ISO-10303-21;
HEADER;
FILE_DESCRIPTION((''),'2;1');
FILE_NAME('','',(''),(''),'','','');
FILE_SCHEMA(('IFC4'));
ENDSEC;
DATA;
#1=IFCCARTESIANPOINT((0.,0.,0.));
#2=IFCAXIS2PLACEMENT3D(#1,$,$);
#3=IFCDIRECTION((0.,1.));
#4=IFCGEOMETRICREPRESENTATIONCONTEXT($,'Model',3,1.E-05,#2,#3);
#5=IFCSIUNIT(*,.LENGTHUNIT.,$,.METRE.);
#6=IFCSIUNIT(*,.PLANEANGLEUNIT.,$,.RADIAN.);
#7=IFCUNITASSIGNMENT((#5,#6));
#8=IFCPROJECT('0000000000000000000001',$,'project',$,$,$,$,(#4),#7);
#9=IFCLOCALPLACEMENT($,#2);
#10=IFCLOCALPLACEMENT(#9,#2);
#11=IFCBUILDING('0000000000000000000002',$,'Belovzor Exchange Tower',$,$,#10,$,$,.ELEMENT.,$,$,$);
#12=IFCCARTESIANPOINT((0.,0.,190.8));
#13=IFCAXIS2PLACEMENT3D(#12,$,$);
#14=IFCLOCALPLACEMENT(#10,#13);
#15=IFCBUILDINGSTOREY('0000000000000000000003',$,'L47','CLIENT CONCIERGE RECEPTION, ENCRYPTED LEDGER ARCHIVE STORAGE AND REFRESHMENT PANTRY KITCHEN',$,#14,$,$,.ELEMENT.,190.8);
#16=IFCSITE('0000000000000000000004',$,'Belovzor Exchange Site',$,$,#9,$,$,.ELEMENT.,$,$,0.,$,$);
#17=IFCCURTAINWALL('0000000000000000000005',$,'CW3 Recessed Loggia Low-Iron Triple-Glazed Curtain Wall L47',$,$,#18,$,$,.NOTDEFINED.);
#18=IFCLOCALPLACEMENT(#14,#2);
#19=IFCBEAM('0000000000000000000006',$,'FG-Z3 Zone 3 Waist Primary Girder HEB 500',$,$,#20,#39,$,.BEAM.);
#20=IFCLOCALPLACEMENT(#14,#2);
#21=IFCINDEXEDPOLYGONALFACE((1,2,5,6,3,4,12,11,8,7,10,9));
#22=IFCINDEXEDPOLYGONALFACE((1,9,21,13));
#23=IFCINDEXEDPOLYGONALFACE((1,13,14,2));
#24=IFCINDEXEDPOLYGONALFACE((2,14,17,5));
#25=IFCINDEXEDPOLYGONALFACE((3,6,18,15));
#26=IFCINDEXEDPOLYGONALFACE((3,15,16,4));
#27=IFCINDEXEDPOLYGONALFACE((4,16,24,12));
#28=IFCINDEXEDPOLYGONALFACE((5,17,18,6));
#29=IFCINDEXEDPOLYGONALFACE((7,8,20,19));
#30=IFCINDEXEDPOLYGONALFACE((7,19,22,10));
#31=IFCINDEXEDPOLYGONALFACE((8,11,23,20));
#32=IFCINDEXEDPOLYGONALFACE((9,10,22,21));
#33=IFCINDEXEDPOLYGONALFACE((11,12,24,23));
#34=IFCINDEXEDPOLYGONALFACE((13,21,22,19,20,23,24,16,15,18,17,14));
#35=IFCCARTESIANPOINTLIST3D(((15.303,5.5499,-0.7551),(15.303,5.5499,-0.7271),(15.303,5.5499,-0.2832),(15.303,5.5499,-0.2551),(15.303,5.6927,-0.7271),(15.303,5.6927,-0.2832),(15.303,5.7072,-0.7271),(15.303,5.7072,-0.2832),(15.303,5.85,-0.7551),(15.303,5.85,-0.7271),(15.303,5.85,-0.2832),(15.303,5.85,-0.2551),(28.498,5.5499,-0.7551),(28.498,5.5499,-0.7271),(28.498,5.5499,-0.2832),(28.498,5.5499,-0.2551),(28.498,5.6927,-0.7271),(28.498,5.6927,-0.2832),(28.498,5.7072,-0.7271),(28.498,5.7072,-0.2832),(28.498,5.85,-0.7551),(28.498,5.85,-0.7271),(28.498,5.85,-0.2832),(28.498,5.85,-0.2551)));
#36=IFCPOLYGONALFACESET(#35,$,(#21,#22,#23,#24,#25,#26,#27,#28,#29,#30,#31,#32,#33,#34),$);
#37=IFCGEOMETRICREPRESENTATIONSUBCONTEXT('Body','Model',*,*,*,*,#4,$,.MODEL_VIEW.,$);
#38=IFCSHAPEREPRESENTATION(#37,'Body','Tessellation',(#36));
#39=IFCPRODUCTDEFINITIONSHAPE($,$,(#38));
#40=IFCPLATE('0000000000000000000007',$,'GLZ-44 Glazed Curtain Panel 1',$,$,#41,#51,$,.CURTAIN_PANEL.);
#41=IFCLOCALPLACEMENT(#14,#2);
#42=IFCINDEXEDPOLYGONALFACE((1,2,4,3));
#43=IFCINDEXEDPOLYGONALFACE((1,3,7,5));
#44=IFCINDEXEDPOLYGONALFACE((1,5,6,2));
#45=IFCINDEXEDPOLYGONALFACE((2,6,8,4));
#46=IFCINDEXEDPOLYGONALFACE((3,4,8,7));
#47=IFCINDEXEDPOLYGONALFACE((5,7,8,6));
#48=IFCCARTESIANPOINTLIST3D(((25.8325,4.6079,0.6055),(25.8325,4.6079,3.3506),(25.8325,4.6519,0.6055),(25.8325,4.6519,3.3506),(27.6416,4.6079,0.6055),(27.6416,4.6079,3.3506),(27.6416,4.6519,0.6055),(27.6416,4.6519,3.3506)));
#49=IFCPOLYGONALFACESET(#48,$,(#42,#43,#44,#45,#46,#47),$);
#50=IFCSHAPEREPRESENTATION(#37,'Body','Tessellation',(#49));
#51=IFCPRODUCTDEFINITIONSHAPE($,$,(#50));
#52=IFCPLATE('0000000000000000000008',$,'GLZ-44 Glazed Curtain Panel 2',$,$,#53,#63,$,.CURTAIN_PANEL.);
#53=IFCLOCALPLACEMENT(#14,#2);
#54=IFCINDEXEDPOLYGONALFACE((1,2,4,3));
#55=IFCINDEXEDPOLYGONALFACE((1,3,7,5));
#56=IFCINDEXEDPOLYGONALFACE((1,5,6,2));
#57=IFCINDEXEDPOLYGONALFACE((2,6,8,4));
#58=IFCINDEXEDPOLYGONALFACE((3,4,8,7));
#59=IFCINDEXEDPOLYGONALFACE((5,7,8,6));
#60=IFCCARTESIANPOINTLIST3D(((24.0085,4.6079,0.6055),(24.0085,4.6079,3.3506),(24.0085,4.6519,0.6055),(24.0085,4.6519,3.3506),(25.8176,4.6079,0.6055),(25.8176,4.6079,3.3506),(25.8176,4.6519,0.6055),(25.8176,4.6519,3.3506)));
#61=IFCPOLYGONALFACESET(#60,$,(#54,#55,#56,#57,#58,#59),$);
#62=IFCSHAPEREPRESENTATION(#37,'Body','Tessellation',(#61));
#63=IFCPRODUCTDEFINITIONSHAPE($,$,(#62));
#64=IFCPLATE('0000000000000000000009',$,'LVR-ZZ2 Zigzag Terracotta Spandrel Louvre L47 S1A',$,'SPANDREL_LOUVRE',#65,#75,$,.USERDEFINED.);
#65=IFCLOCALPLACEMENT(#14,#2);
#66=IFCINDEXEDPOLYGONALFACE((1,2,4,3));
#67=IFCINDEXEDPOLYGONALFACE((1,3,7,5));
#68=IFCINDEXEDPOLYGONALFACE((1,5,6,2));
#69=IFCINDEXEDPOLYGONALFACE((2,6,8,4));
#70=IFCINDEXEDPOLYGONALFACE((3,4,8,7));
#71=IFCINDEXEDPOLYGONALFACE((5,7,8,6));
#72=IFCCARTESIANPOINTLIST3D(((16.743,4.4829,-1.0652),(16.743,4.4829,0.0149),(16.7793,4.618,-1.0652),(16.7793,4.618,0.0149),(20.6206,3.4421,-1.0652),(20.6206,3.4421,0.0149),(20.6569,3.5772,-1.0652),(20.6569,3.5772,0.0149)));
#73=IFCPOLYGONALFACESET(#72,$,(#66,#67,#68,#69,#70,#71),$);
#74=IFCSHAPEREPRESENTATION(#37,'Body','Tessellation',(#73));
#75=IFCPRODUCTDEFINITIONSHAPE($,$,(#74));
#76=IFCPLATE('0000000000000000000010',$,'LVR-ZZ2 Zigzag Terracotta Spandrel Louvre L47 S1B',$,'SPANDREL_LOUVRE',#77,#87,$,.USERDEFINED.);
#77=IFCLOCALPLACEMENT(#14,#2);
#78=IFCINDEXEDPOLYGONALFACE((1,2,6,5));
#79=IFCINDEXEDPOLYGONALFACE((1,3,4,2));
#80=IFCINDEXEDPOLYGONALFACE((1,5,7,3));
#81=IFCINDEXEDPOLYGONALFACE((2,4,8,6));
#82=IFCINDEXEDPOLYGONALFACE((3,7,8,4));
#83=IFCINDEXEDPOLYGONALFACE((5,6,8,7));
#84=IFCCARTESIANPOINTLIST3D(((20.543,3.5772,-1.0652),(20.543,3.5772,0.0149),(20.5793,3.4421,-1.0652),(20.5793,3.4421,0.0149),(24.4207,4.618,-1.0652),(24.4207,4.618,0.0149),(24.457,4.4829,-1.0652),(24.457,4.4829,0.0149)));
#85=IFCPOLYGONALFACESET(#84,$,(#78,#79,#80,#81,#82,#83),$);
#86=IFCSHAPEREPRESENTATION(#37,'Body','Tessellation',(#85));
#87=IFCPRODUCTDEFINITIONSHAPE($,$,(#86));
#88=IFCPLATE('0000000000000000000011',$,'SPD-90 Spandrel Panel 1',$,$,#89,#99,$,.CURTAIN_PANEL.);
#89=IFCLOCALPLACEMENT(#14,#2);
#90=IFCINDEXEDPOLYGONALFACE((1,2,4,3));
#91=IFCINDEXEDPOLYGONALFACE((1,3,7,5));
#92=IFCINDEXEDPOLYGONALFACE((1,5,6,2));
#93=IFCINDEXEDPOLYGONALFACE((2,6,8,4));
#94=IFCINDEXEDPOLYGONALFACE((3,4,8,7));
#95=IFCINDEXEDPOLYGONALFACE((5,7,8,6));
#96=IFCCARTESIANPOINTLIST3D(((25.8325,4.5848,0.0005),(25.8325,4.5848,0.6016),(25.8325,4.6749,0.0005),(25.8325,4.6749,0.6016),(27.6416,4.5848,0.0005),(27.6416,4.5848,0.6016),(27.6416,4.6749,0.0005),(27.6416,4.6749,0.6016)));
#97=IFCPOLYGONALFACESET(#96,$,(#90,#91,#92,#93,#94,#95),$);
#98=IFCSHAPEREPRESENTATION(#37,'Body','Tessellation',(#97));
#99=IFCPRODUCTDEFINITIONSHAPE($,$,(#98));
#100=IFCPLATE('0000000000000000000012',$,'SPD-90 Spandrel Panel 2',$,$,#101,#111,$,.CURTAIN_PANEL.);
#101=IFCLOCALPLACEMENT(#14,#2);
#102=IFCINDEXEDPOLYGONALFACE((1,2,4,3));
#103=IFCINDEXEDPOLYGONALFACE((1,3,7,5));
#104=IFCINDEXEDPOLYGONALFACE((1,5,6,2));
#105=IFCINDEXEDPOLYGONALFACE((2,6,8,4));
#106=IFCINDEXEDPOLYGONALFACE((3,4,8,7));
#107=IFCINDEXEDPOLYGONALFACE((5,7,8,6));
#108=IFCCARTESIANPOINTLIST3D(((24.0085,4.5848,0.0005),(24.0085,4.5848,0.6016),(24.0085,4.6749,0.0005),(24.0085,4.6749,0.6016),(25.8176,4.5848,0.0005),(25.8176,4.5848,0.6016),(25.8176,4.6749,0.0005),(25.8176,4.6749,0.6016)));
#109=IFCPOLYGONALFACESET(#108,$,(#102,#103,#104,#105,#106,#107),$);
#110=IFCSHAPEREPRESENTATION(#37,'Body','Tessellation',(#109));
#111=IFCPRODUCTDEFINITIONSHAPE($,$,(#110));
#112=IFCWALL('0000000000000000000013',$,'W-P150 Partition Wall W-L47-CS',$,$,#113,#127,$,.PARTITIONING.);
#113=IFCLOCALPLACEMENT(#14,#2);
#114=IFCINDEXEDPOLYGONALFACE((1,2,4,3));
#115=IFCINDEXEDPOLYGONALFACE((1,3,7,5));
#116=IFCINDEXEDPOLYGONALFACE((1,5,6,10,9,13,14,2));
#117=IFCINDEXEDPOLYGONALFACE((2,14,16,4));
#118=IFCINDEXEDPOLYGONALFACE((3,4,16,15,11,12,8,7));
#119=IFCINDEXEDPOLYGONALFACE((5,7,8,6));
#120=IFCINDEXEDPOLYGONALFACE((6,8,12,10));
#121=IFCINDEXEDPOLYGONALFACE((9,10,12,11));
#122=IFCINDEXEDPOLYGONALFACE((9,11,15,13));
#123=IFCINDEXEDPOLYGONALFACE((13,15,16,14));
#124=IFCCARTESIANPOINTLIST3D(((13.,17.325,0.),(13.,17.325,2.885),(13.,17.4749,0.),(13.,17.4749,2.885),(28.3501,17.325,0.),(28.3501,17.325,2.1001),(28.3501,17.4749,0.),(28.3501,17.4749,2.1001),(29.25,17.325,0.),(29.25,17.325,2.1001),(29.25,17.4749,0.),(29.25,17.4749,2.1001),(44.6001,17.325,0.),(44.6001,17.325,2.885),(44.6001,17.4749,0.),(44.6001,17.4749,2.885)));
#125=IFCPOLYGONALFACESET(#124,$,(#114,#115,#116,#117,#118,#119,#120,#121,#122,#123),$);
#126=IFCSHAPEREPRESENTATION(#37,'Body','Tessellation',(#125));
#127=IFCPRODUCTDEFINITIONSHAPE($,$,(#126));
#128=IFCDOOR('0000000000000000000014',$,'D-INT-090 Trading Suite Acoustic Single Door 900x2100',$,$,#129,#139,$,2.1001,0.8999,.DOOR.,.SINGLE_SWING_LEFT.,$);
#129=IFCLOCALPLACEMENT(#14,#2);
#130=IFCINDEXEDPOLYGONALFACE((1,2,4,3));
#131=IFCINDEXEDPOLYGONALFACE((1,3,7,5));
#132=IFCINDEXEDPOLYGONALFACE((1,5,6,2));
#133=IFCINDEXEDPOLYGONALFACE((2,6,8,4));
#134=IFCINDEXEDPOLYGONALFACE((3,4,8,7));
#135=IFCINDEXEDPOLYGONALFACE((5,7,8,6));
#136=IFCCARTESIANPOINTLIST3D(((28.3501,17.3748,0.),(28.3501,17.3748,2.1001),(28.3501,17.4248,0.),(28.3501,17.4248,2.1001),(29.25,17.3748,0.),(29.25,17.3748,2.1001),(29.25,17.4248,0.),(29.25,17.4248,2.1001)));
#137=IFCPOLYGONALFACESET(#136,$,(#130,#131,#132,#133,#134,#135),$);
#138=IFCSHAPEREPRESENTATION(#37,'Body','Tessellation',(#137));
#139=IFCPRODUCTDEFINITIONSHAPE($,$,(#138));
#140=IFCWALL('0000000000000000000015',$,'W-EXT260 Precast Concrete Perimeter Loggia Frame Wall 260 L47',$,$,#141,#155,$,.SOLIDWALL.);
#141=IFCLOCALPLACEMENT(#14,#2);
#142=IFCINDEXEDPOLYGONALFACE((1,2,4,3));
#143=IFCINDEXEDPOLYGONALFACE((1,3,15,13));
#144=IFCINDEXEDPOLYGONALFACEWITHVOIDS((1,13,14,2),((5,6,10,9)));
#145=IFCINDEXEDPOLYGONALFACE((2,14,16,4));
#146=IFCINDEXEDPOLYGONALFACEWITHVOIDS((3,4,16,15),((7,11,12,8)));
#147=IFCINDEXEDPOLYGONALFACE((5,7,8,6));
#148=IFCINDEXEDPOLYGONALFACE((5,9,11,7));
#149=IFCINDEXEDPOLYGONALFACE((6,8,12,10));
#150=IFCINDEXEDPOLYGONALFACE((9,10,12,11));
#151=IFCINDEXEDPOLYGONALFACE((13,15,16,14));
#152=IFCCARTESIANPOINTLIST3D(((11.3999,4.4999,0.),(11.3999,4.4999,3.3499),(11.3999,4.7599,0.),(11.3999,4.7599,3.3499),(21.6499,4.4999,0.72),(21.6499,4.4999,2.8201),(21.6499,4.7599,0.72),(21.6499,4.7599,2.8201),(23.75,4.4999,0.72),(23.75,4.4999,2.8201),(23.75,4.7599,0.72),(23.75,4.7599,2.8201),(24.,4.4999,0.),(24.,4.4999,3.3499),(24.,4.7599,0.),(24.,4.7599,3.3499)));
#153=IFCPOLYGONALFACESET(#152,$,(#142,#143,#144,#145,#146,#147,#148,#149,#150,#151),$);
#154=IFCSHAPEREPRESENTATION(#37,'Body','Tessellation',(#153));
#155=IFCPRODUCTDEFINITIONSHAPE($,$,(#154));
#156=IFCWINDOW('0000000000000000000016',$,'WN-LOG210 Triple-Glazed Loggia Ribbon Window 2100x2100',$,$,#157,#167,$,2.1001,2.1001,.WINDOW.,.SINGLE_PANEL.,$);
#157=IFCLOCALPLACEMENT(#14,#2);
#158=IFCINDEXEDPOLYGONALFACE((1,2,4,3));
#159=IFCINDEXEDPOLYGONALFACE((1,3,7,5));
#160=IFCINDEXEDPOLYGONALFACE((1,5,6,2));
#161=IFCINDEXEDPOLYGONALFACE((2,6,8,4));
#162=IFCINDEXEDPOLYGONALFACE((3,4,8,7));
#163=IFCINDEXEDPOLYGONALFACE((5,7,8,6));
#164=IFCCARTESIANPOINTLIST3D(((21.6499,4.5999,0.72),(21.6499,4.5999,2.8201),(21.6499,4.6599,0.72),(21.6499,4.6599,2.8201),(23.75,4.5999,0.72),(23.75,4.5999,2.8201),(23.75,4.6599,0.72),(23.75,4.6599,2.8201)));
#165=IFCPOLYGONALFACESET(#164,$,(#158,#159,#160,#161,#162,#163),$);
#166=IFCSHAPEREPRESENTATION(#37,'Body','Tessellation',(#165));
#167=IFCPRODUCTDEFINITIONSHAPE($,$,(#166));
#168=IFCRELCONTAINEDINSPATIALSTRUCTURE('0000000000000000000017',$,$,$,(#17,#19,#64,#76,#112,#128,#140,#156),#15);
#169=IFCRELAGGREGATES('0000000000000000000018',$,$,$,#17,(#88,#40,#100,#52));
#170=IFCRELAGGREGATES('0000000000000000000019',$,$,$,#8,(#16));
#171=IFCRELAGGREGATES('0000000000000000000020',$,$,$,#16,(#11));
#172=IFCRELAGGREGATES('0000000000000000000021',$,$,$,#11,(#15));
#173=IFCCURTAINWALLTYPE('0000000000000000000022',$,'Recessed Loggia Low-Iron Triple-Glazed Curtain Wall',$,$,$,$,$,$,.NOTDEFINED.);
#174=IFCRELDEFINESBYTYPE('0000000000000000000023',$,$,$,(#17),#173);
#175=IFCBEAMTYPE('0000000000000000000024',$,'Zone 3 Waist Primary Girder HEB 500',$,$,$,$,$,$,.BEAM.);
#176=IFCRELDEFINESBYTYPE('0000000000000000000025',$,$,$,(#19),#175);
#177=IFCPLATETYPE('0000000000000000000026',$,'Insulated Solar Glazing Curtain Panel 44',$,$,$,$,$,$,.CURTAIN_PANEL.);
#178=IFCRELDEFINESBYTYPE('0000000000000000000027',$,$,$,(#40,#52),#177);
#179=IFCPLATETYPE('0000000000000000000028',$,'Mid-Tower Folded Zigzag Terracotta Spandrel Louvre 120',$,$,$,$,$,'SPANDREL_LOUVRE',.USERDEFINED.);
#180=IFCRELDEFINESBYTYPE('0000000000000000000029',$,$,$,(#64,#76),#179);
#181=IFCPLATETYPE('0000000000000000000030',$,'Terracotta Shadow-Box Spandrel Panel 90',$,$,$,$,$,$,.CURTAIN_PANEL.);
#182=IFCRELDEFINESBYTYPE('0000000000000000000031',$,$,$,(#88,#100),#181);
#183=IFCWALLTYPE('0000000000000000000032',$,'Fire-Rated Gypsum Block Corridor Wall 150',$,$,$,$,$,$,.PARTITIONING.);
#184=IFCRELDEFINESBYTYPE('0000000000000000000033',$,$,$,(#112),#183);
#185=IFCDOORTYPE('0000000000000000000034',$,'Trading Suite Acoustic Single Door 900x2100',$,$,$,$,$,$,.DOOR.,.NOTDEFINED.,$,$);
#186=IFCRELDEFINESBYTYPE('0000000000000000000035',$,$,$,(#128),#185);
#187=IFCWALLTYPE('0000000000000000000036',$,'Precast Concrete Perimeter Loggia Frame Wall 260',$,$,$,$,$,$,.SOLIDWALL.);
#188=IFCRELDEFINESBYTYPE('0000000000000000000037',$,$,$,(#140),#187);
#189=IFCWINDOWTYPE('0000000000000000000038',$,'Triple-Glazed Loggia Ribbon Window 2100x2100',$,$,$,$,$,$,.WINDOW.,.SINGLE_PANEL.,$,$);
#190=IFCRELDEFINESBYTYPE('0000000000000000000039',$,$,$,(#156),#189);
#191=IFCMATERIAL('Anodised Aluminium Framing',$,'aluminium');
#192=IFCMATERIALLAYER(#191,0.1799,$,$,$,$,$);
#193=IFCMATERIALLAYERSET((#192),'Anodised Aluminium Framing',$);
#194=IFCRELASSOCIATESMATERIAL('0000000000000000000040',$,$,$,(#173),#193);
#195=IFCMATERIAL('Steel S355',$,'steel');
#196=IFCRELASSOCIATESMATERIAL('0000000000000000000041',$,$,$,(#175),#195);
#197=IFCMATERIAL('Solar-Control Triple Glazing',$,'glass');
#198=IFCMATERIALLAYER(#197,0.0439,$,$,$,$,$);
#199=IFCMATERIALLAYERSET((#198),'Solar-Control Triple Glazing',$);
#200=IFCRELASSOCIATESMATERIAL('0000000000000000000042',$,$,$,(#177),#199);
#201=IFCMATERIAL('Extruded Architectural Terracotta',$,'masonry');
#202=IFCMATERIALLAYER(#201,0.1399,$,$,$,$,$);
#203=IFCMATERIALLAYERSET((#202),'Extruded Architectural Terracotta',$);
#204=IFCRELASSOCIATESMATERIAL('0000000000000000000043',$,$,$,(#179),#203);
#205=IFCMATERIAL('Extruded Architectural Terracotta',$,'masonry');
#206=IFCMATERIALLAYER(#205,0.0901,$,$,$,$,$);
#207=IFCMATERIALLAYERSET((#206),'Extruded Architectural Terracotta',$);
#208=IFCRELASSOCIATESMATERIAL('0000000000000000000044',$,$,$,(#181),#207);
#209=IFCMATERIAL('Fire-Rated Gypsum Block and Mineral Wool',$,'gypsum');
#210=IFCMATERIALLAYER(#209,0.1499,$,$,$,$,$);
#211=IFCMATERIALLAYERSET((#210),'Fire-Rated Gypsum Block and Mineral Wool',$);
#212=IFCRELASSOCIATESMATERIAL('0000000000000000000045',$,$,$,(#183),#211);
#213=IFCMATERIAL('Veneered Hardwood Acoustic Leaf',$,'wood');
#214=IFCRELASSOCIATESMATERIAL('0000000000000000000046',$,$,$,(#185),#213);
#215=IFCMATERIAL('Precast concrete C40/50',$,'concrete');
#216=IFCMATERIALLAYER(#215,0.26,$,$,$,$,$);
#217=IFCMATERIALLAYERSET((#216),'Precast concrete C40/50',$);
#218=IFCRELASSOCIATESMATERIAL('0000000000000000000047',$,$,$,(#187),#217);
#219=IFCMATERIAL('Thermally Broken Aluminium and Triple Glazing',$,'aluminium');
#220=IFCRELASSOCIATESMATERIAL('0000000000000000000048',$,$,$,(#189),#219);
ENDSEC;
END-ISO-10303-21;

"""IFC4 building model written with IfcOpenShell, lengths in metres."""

from ifc_helpers import new_model, si_unit, direction, frame, frame_2d, origin, origin_2d, place, context, subcontext, project, spatial, rectangle, i_section, extrude, material, layer, layer_set, material_profile, profile_set, type_object, element, fill, aggregate, save


model = new_model("IFC4")

# Units and contexts
model_context = context("Model", 3, precision=1e-05, world=origin(), true_north=direction((0.0, 1.0)))
body_context = subcontext(model_context, "Body", "Model", "MODEL_VIEW")
ifc_project = project(units=[si_unit("LENGTHUNIT", "METRE"), si_unit("PLANEANGLEUNIT", "RADIAN")], contexts=[model_context])

# Site, building, storey
site_placement = place(None, origin())
site = spatial("IfcSite", under=ifc_project, at=site_placement, Name="Belovzor Exchange Site", CompositionType="ELEMENT", RefElevation=0.0)
building_placement = place(site_placement, origin())
building = spatial("IfcBuilding", under=site, at=building_placement, Name="Belovzor Exchange Tower", CompositionType="ELEMENT")
storey_placement = place(building_placement, frame((0.0, 0.0, 190.8)))
storey = spatial("IfcBuildingStorey", under=building, at=storey_placement, Name="L47", Description="CLIENT CONCIERGE RECEPTION, ENCRYPTED LEDGER ARCHIVE STORAGE AND REFRESHMENT PANTRY KITCHEN", CompositionType="ELEMENT", Elevation=190.8)

# Curtain wall
ifc_material_1 = material(Name="Anodised Aluminium Framing", Category="aluminium")
ifc_layer_1 = layer(ifc_material_1, 0.1799)
ifc_layer_set_1 = layer_set([ifc_layer_1], Name="Anodised Aluminium Framing")
curtain_wall_type = type_object("IfcCurtainWallType", Name="Recessed Loggia Low-Iron Triple-Glazed Curtain Wall", PredefinedType="NOTDEFINED", material=ifc_layer_set_1)
curtain_wall_placement = place(storey_placement, origin())
curtain_wall = element("IfcCurtainWall", 1, at=curtain_wall_placement, inside=storey, type_object=curtain_wall_type, Name="CW3 Recessed Loggia Low-Iron Triple-Glazed Curtain Wall L47", PredefinedType="NOTDEFINED")

# Beam
ifc_material_2 = material(Name="Steel S355", Category="steel")
ifc_material_profile_1 = material_profile(ifc_material_2, i_section(OverallWidth=0.3, OverallDepth=0.5, WebThickness=0.0144, FlangeThickness=0.0281, at=origin_2d()))
ifc_profile_set_1 = profile_set([ifc_material_profile_1], Name="Steel S355")
beam_type_1 = type_object("IfcBeamType", Name="Zone 3 Waist Primary Girder HEB 500", PredefinedType="BEAM", material=ifc_profile_set_1)
beam_1_placement = place(storey_placement, frame((15.303, 5.7, -0.5051), z_axis=(1.0, 0.0, 0.0), x_axis=(0.0, 1.0, 0.0)))
element("IfcBeam", 2, at=beam_1_placement, inside=storey, type_object=beam_type_1, Name="FG-Z3 Zone 3 Waist Primary Girder HEB 500", PredefinedType="BEAM", context=body_context, shape_type="SweptSolid", body=[
    extrude(i_section(OverallWidth=0.3, OverallDepth=0.5, WebThickness=0.0144, FlangeThickness=0.0281, at=origin_2d()), origin(), (0.0, 0.0, 1.0), 13.1951),
])

# Plates
ifc_material_3 = material(Name="Solar-Control Triple Glazing", Category="glass")
ifc_layer_2 = layer(ifc_material_3, 0.0439)
ifc_layer_set_2 = layer_set([ifc_layer_2], Name="Solar-Control Triple Glazing")
plate_type_1 = type_object("IfcPlateType", Name="Insulated Solar Glazing Curtain Panel 44", PredefinedType="CURTAIN_PANEL", material=ifc_layer_set_2)
plate_1_placement = place(storey_placement, frame((26.7371, 4.6299, 0.6055), z_axis=(0.0, 0.0, 1.0), x_axis=(-1.0, 0.0, 0.0)))
plate_1 = element("IfcPlate", 3, at=plate_1_placement, type_object=plate_type_1, Name="GLZ-44 Glazed Curtain Panel 1", PredefinedType="CURTAIN_PANEL", context=body_context, shape_type="SweptSolid", body=[
    extrude(rectangle(XDim=1.8091, YDim=0.0439, at=origin_2d()), origin(), (0.0, 0.0, 1.0), 2.7451),
])
plate_2_placement = place(storey_placement, frame((24.9131, 4.6299, 0.6055), z_axis=(0.0, 0.0, 1.0), x_axis=(-1.0, 0.0, 0.0)))
plate_2 = element("IfcPlate", 4, at=plate_2_placement, type_object=plate_type_1, Name="GLZ-44 Glazed Curtain Panel 2", PredefinedType="CURTAIN_PANEL", context=body_context, shape_type="SweptSolid", body=[
    extrude(rectangle(XDim=1.8091, YDim=0.0439, at=origin_2d()), origin(), (0.0, 0.0, 1.0), 2.7451),
])

# Plates
ifc_material_4 = material(Name="Extruded Architectural Terracotta", Category="masonry")
ifc_layer_3 = layer(ifc_material_4, 0.1399)
ifc_layer_set_3 = layer_set([ifc_layer_3], Name="Extruded Architectural Terracotta")
plate_type_2 = type_object("IfcPlateType", Name="Mid-Tower Folded Zigzag Terracotta Spandrel Louvre 120", ElementType="SPANDREL_LOUVRE", PredefinedType="USERDEFINED", material=ifc_layer_set_3)
for number, where, z_axis, x_axis, name in (
    (5, (18.7, 4.03, -1.0652), (0.0, 0.0, 1.0), (0.965813, -0.25924, 0.0), "LVR-ZZ2 Zigzag Terracotta Spandrel Louvre L47 S1A"),
    (6, (22.5, 4.03, -1.0652), (0.0, 0.0, 1.0), (0.965813, 0.25924, 0.0), "LVR-ZZ2 Zigzag Terracotta Spandrel Louvre L47 S1B"),
):
    element("IfcPlate", number, at=place(storey_placement, frame(where, z_axis=z_axis, x_axis=x_axis)), inside=storey, type_object=plate_type_2, Name=name, ObjectType="SPANDREL_LOUVRE", PredefinedType="USERDEFINED", context=body_context, shape_type="SweptSolid", body=[
        extrude(rectangle(XDim=4.0149, YDim=0.1399, at=origin_2d()), origin(), (0.0, 0.0, 1.0), 1.0801),
    ])

# Plates
ifc_material_5 = material(Name="Extruded Architectural Terracotta", Category="masonry")
ifc_layer_4 = layer(ifc_material_5, 0.0901)
ifc_layer_set_4 = layer_set([ifc_layer_4], Name="Extruded Architectural Terracotta")
plate_type_3 = type_object("IfcPlateType", Name="Terracotta Shadow-Box Spandrel Panel 90", PredefinedType="CURTAIN_PANEL", material=ifc_layer_set_4)
plate_3_placement = place(storey_placement, frame((26.7371, 4.6299, 0.0005), z_axis=(0.0, 0.0, 1.0), x_axis=(-1.0, 0.0, 0.0)))
plate_3 = element("IfcPlate", 7, at=plate_3_placement, type_object=plate_type_3, Name="SPD-90 Spandrel Panel 1", PredefinedType="CURTAIN_PANEL", context=body_context, shape_type="SweptSolid", body=[
    extrude(rectangle(XDim=1.8091, YDim=0.0901, at=origin_2d()), origin(), (0.0, 0.0, 1.0), 0.6011),
])
plate_4_placement = place(storey_placement, frame((24.9131, 4.6299, 0.0005), z_axis=(0.0, 0.0, 1.0), x_axis=(-1.0, 0.0, 0.0)))
plate_4 = element("IfcPlate", 8, at=plate_4_placement, type_object=plate_type_3, Name="SPD-90 Spandrel Panel 2", PredefinedType="CURTAIN_PANEL", context=body_context, shape_type="SweptSolid", body=[
    extrude(rectangle(XDim=1.8091, YDim=0.0901, at=origin_2d()), origin(), (0.0, 0.0, 1.0), 0.6011),
])
aggregate(curtain_wall, [plate_3, plate_1, plate_4, plate_2])

# Wall, opening, door
ifc_material_6 = material(Name="Fire-Rated Gypsum Block and Mineral Wool", Category="gypsum")
ifc_layer_5 = layer(ifc_material_6, 0.1499)
ifc_layer_set_5 = layer_set([ifc_layer_5], Name="Fire-Rated Gypsum Block and Mineral Wool")
wall_type_1 = type_object("IfcWallType", Name="Fire-Rated Gypsum Block Corridor Wall 150", PredefinedType="PARTITIONING", material=ifc_layer_set_5)
wall_1_placement = place(storey_placement, frame((13.0, 17.3999, 0.0), z_axis=(0.0, 0.0, 1.0), x_axis=(1.0, 0.0, 0.0)))
wall_1 = element("IfcWall", 9, at=wall_1_placement, inside=storey, type_object=wall_type_1, Name="W-P150 Partition Wall W-L47-CS", PredefinedType="PARTITIONING", context=body_context, shape_type="SweptSolid", body=[
    extrude(rectangle(XDim=31.6001, YDim=0.1499, at=frame_2d((15.8, 0.0))), origin(), (0.0, 0.0, 1.0), 2.885),
])
opening_1_placement = place(wall_1_placement, frame((15.3501, 0.0, 0.0)))
opening_1 = element("IfcOpeningElement", 10, at=opening_1_placement, cuts=wall_1, PredefinedType="OPENING", context=body_context, shape_type="SweptSolid", body=[
    extrude(rectangle(XDim=0.8999, YDim=2.1001, at=frame_2d((0.45, 1.05))), frame((0.0, 0.085, 0.0), z_axis=(0.0, -1.0, 0.0), x_axis=(1.0, 0.0, 0.0)), (0.0, 0.0, 1.0), 0.1699),
])
ifc_material_7 = material(Name="Veneered Hardwood Acoustic Leaf", Category="wood")
door_type = type_object("IfcDoorType", Name="Trading Suite Acoustic Single Door 900x2100", OperationType="NOTDEFINED", PredefinedType="DOOR", material=ifc_material_7)
door_placement = place(opening_1_placement, origin())
door = element("IfcDoor", 11, at=door_placement, inside=storey, type_object=door_type, Name="D-INT-090 Trading Suite Acoustic Single Door 900x2100", OperationType="SINGLE_SWING_LEFT", OverallHeight=2.1001, OverallWidth=0.8999, PredefinedType="DOOR", context=body_context, shape_type="SweptSolid", body=[
    extrude(rectangle(XDim=0.8999, YDim=2.1001, at=frame_2d((0.45, 1.05))), frame((0.0, 0.0249, 0.0), z_axis=(0.0, -1.0, 0.0), x_axis=(1.0, 0.0, 0.0)), (0.0, 0.0, 1.0), 0.05),
])
fill(opening_1, door)

# Wall, opening, window
ifc_material_8 = material(Name="Precast concrete C40/50", Category="concrete")
ifc_layer_6 = layer(ifc_material_8, 0.26)
ifc_layer_set_6 = layer_set([ifc_layer_6], Name="Precast concrete C40/50")
wall_type_2 = type_object("IfcWallType", Name="Precast Concrete Perimeter Loggia Frame Wall 260", PredefinedType="SOLIDWALL", material=ifc_layer_set_6)
wall_2_placement = place(storey_placement, frame((24.0, 4.6299, 0.0), z_axis=(0.0, 0.0, 1.0), x_axis=(-1.0, 0.0, 0.0)))
wall_2 = element("IfcWall", 12, at=wall_2_placement, inside=storey, type_object=wall_type_2, Name="W-EXT260 Precast Concrete Perimeter Loggia Frame Wall 260 L47", PredefinedType="SOLIDWALL", context=body_context, shape_type="SweptSolid", body=[
    extrude(rectangle(XDim=12.6001, YDim=0.26, at=frame_2d((6.3, 0.0))), origin(), (0.0, 0.0, 1.0), 3.3499),
])
opening_2_placement = place(wall_2_placement, frame((0.25, 0.0, 0.72)))
opening_2 = element("IfcOpeningElement", 13, at=opening_2_placement, cuts=wall_2, PredefinedType="OPENING", context=body_context, shape_type="SweptSolid", body=[
    extrude(rectangle(XDim=2.1001, YDim=2.1001, at=frame_2d((1.05, 1.05))), frame((0.0, 0.1399, 0.0), z_axis=(0.0, -1.0, 0.0), x_axis=(1.0, 0.0, 0.0)), (0.0, 0.0, 1.0), 0.28),
])
ifc_material_9 = material(Name="Thermally Broken Aluminium and Triple Glazing", Category="aluminium")
window_type = type_object("IfcWindowType", Name="Triple-Glazed Loggia Ribbon Window 2100x2100", PartitioningType="SINGLE_PANEL", PredefinedType="WINDOW", material=ifc_material_9)
window_placement = place(opening_2_placement, origin())
window = element("IfcWindow", 14, at=window_placement, inside=storey, type_object=window_type, Name="WN-LOG210 Triple-Glazed Loggia Ribbon Window 2100x2100", OverallHeight=2.1001, OverallWidth=2.1001, PartitioningType="SINGLE_PANEL", PredefinedType="WINDOW", context=body_context, shape_type="SweptSolid", body=[
    extrude(rectangle(XDim=2.1001, YDim=2.1001, at=frame_2d((1.05, 1.05))), frame((0.0, 0.03, 0.0), z_axis=(0.0, -1.0, 0.0), x_axis=(1.0, 0.0, 0.0)), (0.0, 0.0, 1.0), 0.0601),
])
fill(opening_2, window)

save(model, "model.ifc")
